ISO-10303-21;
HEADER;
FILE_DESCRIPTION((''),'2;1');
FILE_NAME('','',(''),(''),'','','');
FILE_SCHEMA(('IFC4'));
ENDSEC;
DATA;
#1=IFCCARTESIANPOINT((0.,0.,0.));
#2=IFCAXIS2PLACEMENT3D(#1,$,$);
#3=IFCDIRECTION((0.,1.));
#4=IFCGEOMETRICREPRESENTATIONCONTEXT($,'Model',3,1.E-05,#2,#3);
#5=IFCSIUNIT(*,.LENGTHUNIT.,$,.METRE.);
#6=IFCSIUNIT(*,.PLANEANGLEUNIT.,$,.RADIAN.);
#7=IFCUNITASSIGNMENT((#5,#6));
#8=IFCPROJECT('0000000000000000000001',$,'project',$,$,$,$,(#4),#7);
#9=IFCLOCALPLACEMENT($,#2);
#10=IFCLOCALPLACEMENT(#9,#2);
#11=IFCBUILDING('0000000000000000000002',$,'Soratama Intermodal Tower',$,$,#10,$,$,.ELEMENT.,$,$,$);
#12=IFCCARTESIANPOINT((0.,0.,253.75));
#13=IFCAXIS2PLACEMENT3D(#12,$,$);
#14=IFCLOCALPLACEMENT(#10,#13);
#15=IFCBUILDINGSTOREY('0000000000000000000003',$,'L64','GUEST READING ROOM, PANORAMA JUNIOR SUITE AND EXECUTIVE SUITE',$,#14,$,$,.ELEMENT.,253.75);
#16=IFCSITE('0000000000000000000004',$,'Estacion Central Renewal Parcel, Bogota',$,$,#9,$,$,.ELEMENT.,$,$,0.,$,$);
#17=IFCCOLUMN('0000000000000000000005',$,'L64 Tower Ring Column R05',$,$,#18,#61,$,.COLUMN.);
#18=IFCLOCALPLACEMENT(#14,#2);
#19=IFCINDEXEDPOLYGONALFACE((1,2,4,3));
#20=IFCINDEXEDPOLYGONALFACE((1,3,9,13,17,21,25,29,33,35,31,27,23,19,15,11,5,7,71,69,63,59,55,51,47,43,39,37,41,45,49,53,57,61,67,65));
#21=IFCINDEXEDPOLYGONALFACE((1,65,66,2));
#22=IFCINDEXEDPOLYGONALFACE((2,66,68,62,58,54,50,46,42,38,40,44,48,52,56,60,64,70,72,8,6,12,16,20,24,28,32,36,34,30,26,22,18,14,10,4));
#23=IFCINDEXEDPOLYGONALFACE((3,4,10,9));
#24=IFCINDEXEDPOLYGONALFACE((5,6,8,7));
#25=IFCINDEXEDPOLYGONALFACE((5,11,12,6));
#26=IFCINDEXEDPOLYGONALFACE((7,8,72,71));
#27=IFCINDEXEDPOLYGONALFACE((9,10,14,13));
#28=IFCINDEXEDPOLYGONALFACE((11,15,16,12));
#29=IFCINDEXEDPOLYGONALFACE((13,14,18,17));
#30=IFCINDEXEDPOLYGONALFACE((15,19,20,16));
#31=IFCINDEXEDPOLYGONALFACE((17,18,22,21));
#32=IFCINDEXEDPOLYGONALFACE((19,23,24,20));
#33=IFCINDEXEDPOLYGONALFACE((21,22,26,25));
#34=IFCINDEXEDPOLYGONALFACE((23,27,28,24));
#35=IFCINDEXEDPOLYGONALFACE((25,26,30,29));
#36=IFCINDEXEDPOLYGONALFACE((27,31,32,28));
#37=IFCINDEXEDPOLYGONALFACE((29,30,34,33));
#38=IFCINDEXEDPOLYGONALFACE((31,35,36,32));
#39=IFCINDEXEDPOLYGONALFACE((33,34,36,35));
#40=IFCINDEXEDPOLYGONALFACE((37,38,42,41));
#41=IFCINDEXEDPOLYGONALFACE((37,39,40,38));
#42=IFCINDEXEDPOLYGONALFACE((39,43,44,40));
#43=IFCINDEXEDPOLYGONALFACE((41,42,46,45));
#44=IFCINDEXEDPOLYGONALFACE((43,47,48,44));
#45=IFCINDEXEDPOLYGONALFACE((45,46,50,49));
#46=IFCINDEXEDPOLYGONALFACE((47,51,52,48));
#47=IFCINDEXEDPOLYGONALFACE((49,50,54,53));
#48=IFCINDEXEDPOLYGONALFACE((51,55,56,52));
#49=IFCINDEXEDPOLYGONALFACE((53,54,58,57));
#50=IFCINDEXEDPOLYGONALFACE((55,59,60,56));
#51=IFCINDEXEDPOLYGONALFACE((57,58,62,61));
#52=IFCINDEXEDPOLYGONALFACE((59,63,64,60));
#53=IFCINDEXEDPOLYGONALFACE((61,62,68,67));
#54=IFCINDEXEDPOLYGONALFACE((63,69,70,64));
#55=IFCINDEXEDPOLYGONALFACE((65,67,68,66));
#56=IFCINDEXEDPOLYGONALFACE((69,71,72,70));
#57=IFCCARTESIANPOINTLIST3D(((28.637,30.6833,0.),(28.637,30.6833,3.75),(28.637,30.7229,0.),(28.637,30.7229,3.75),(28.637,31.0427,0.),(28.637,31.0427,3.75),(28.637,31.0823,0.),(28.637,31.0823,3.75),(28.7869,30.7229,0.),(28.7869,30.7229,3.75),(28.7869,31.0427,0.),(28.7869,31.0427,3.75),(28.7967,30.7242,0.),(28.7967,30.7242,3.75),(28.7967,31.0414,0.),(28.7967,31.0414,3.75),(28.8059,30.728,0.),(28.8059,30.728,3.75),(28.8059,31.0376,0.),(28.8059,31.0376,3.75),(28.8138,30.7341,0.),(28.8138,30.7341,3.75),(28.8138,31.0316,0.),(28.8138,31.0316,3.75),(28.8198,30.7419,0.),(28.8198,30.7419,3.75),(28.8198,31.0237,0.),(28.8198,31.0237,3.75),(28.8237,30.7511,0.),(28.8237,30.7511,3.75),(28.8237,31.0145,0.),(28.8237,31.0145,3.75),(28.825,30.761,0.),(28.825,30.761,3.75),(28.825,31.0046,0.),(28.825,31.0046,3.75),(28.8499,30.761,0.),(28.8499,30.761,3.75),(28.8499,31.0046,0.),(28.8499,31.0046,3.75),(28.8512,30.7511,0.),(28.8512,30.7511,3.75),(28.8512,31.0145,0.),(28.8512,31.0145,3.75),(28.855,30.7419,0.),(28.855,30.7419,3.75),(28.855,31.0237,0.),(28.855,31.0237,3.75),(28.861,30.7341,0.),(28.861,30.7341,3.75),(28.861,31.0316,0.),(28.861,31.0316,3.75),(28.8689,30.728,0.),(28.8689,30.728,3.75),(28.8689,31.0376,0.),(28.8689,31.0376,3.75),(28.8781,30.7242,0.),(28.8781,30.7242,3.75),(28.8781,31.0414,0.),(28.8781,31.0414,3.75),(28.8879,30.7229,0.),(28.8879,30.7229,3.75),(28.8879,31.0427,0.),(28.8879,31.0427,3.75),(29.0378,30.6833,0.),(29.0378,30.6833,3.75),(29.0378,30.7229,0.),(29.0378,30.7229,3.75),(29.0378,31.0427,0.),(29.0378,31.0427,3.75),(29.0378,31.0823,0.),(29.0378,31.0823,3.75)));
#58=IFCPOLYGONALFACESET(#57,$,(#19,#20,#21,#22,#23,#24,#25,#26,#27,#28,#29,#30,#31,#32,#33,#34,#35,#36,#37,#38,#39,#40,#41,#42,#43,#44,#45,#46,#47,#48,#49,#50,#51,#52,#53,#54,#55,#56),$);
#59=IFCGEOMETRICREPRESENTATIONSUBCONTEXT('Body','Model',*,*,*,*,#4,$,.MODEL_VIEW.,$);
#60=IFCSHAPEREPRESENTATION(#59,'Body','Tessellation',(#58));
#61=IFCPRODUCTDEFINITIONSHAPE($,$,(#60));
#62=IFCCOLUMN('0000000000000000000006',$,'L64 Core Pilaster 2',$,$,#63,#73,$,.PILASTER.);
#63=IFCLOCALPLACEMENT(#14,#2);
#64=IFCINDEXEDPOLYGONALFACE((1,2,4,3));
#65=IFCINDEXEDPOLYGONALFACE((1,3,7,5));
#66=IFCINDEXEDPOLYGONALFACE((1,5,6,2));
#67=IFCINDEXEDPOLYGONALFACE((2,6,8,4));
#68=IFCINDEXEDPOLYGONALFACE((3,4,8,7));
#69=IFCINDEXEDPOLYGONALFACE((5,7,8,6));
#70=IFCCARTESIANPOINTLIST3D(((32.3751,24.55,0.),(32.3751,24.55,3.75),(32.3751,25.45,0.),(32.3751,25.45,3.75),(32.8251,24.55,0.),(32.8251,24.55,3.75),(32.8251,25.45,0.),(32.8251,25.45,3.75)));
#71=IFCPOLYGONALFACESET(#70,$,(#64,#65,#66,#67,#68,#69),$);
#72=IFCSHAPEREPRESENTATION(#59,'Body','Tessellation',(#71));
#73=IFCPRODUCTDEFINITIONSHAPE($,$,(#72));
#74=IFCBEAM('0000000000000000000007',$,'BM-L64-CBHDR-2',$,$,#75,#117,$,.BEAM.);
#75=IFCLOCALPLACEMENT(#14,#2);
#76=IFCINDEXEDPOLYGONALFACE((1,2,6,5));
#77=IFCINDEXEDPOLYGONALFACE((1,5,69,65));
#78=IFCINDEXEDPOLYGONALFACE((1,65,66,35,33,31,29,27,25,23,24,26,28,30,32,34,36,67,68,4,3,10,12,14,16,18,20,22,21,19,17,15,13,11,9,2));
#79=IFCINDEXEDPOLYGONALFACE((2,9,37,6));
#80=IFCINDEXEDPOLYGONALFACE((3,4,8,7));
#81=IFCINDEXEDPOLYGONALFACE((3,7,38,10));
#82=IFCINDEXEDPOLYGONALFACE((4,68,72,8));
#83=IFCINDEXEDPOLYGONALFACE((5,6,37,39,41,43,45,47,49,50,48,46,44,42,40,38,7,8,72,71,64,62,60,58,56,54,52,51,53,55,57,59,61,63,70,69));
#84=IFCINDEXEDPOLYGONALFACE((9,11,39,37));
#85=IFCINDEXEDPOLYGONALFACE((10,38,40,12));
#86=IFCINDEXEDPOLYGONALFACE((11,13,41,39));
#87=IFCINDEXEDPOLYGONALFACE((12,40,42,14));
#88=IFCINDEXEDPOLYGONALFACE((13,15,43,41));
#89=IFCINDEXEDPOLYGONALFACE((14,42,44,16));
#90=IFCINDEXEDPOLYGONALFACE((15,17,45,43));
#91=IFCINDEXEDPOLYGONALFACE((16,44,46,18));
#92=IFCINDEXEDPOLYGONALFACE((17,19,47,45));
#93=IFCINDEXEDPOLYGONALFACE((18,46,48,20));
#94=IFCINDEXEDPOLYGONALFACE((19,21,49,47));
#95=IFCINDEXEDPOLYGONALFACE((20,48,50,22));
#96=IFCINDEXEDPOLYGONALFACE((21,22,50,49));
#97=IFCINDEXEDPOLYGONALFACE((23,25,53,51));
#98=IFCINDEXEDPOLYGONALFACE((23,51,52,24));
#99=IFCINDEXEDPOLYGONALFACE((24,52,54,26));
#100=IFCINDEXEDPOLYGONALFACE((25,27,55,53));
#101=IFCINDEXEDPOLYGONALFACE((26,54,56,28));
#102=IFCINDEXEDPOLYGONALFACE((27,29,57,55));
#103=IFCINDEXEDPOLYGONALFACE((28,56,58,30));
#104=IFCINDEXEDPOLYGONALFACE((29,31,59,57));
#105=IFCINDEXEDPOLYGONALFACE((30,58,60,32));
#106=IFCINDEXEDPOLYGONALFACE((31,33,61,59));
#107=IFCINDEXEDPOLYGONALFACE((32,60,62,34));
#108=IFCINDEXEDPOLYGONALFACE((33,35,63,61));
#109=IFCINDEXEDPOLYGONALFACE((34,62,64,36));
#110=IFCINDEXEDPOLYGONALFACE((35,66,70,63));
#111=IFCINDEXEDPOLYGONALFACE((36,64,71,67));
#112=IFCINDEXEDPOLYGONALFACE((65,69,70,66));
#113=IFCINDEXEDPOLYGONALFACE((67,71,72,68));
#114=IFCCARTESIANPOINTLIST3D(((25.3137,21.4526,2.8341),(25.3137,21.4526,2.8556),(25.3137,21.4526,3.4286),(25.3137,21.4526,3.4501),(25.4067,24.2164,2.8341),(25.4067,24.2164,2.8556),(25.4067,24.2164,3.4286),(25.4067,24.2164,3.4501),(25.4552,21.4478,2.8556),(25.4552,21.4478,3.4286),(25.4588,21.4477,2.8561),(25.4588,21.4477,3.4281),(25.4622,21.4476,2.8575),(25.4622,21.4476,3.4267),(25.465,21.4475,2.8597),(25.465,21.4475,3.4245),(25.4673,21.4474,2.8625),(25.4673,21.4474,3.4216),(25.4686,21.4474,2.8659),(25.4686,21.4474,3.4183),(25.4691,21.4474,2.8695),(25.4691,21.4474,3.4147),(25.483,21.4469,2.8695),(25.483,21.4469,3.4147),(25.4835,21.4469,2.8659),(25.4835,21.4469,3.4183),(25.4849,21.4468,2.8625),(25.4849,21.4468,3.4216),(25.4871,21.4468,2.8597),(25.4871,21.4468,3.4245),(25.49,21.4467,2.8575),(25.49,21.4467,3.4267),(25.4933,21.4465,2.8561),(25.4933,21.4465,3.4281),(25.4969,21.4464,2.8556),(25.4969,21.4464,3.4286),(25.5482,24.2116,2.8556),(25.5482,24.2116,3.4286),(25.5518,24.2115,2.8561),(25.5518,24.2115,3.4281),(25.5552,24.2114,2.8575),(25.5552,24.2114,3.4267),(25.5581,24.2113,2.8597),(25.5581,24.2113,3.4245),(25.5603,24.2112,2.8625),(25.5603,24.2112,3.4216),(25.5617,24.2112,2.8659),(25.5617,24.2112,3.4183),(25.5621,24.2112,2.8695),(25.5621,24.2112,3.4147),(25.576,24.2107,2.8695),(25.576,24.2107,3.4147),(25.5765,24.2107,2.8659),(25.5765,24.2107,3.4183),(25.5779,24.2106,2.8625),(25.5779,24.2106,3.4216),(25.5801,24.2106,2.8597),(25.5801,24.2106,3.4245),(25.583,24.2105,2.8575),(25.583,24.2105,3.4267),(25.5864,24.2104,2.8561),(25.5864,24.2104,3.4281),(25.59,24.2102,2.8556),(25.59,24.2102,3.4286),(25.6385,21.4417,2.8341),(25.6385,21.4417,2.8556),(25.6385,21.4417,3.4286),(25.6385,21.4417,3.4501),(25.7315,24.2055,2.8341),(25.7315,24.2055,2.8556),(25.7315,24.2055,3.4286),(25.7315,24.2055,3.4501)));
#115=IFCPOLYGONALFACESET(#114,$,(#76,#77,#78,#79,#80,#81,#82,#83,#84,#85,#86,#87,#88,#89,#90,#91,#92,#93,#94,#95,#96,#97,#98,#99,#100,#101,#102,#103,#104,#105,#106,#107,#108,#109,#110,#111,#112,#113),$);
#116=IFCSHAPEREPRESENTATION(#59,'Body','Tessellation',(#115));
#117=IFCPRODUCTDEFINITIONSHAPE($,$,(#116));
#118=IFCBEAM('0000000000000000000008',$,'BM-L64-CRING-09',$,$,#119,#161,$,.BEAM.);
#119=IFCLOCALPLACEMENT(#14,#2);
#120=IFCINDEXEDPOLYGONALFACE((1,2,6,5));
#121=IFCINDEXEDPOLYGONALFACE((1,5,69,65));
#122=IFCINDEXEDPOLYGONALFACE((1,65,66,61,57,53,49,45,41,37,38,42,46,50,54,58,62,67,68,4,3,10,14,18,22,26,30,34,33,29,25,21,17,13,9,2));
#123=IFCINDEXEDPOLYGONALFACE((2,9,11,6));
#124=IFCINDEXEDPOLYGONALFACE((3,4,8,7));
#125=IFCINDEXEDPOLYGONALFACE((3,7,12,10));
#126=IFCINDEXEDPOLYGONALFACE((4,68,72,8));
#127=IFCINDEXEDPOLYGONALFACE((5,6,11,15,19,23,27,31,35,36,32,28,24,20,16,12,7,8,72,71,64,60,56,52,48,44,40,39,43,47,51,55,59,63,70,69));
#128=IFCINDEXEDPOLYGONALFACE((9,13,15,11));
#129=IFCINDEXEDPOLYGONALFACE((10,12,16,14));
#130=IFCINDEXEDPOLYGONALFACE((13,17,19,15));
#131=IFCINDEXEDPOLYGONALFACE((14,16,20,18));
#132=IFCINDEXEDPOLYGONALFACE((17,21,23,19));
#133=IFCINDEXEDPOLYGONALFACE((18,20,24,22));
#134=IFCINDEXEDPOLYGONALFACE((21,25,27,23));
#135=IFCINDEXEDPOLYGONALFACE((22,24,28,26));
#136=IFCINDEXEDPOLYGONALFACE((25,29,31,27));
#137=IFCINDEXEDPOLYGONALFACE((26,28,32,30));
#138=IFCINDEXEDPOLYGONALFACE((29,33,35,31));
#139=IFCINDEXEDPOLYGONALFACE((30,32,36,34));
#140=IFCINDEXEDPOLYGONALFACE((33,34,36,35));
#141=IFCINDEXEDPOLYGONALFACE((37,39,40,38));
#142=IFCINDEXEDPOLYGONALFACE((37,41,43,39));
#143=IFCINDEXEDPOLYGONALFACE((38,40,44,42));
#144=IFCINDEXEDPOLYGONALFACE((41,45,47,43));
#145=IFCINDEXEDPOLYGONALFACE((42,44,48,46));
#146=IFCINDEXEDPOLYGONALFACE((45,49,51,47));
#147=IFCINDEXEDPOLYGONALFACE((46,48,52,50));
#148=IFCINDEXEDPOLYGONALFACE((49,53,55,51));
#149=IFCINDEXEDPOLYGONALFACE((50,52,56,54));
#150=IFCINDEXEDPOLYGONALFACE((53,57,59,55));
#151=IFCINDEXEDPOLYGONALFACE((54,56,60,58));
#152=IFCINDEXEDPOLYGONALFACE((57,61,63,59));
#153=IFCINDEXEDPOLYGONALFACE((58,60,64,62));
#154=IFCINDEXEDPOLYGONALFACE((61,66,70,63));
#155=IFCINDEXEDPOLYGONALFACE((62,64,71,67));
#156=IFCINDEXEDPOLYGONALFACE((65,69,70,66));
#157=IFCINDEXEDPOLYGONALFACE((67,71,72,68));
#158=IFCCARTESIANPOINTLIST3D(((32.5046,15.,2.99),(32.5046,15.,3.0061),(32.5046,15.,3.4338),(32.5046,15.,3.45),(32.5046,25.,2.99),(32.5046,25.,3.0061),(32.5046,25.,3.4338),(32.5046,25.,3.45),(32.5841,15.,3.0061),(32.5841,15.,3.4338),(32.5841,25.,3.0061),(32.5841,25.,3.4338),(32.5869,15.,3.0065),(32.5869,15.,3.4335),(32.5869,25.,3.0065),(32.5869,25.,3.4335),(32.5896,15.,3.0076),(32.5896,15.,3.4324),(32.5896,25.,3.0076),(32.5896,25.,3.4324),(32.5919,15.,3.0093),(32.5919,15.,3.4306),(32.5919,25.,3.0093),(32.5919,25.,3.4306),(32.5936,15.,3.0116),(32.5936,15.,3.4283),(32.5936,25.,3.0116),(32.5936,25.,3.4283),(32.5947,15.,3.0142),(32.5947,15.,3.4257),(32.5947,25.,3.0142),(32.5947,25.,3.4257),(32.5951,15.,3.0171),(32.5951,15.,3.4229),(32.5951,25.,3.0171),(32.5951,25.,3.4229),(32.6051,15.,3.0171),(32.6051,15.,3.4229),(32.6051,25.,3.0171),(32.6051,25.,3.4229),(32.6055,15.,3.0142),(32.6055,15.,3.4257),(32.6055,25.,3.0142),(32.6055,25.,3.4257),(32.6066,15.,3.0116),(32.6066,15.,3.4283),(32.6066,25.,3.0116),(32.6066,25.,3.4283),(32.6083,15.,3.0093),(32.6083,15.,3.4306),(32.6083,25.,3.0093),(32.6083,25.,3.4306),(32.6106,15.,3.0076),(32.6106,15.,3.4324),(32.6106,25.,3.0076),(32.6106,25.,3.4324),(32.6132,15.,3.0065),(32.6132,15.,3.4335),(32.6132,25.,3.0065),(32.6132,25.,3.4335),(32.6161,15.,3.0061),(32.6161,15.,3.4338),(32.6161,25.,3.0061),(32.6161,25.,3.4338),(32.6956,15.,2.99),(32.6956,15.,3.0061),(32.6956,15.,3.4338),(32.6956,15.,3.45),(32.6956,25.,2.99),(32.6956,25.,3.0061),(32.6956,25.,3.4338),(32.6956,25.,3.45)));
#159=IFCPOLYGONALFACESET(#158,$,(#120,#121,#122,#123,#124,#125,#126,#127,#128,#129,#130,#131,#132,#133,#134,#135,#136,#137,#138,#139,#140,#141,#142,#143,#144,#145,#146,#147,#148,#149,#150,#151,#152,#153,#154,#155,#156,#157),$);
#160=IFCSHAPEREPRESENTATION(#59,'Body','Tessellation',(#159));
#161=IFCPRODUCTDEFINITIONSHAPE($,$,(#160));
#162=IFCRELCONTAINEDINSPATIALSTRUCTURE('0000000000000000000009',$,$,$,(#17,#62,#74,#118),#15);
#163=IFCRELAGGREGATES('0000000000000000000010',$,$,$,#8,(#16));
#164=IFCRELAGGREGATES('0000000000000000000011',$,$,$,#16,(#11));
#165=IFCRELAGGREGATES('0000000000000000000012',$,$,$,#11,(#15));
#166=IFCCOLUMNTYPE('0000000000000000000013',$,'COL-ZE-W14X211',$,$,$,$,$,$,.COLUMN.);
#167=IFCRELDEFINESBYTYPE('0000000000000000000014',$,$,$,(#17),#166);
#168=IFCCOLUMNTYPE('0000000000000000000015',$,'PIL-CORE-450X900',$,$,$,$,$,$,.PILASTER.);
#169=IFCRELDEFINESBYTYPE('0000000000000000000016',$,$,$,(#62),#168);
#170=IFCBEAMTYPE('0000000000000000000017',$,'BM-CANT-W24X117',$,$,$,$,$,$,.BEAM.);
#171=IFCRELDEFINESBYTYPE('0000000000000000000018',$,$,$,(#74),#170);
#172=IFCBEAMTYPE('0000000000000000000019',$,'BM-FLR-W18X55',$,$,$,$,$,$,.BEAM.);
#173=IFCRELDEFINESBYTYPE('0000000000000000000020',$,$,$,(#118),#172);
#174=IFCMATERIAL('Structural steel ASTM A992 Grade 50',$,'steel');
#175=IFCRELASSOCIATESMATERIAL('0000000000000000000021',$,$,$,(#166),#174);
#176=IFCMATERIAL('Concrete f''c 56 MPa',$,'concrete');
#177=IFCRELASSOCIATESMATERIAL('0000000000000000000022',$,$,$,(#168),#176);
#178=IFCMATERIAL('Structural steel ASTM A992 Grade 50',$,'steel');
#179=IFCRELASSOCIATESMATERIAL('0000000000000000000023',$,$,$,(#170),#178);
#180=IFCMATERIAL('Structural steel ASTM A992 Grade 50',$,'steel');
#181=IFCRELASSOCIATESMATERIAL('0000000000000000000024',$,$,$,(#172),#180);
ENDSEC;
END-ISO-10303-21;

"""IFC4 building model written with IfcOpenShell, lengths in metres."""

from ifc_helpers import new_model, si_unit, direction, frame, origin, origin_2d, place, context, subcontext, project, spatial, rectangle, i_section, extrude, material, material_profile, profile_set, type_object, element, save


model = new_model("IFC4")

# Units and contexts
model_context = context("Model", 3, precision=1e-05, world=origin(), true_north=direction((0.0, 1.0)))
body_context = subcontext(model_context, "Body", "Model", "MODEL_VIEW")
ifc_project = project(units=[si_unit("LENGTHUNIT", "METRE"), si_unit("PLANEANGLEUNIT", "RADIAN")], contexts=[model_context])

# Site, building, storey
site_placement = place(None, origin())
site = spatial("IfcSite", under=ifc_project, at=site_placement, Name="Estacion Central Renewal Parcel, Bogota", CompositionType="ELEMENT", RefElevation=0.0)
building_placement = place(site_placement, origin())
building = spatial("IfcBuilding", under=site, at=building_placement, Name="Soratama Intermodal Tower", CompositionType="ELEMENT")
storey_placement = place(building_placement, frame((0.0, 0.0, 253.75)))
storey = spatial("IfcBuildingStorey", under=building, at=storey_placement, Name="L64", Description="GUEST READING ROOM, PANORAMA JUNIOR SUITE AND EXECUTIVE SUITE", CompositionType="ELEMENT", Elevation=253.75)

# Columns
ifc_material_1 = material(Name="Structural steel ASTM A992 Grade 50", Category="steel")
ifc_material_profile_1 = material_profile(ifc_material_1, i_section(OverallWidth=0.4009, OverallDepth=0.3989, WebThickness=0.0249, FlangeThickness=0.0396, FilletRadius=0.0381, at=origin_2d()), Name="W14X211")
ifc_profile_set_1 = profile_set([ifc_material_profile_1], Name="Structural steel ASTM A992 Grade 50")
column_type_1 = type_object("IfcColumnType", Name="COL-ZE-W14X211", PredefinedType="COLUMN", material=ifc_profile_set_1)
column_1_placement = place(storey_placement, frame((28.8374, 30.8828, 0.0), z_axis=(0.0, 0.0, 1.0), x_axis=(1.0, 0.0, 0.0)))
element("IfcColumn", 1, at=column_1_placement, inside=storey, type_object=column_type_1, Name="L64 Tower Ring Column R05", PredefinedType="COLUMN", context=body_context, shape_type="SweptSolid", body=[
    extrude(i_section(OverallWidth=0.4009, OverallDepth=0.3989, WebThickness=0.0249, FlangeThickness=0.0396, FilletRadius=0.0381, at=origin_2d()), origin(), (0.0, 0.0, 1.0), 3.75),
])
ifc_material_2 = material(Name="Concrete f'c 56 MPa", Category="concrete")
ifc_material_profile_2 = material_profile(ifc_material_2, rectangle(XDim=0.45, YDim=0.8999, at=origin_2d()), Name="RC450X900")
ifc_profile_set_2 = profile_set([ifc_material_profile_2], Name="Concrete f'c 56 MPa")
column_type_2 = type_object("IfcColumnType", Name="PIL-CORE-450X900", PredefinedType="PILASTER", material=ifc_profile_set_2)
column_2_placement = place(storey_placement, frame((32.6001, 25.0, 0.0), z_axis=(0.0, 0.0, 1.0), x_axis=(1.0, 0.0, 0.0)))
element("IfcColumn", 2, at=column_2_placement, inside=storey, type_object=column_type_2, Name="L64 Core Pilaster 2", PredefinedType="PILASTER", context=body_context, shape_type="SweptSolid", body=[
    extrude(rectangle(XDim=0.45, YDim=0.8999, at=origin_2d()), origin(), (0.0, 0.0, 1.0), 3.75),
])

# Beams
ifc_material_3 = material(Name="Structural steel ASTM A992 Grade 50", Category="steel")
ifc_material_profile_3 = material_profile(ifc_material_3, i_section(OverallWidth=0.325, OverallDepth=0.616, WebThickness=0.0139, FlangeThickness=0.0215, FilletRadius=0.0139, at=origin_2d()), Name="W24X117")
ifc_profile_set_3 = profile_set([ifc_material_profile_3], Name="Structural steel ASTM A992 Grade 50")
beam_type_1 = type_object("IfcBeamType", Name="BM-CANT-W24X117", PredefinedType="BEAM", material=ifc_profile_set_3)
beam_1_placement = place(storey_placement, frame((25.5691, 24.2109, 3.1421), z_axis=(-0.033635, -0.999434, 0.0), x_axis=(0.999434, -0.033635, 0.0)))
element("IfcBeam", 3, at=beam_1_placement, inside=storey, type_object=beam_type_1, Name="BM-L64-CBHDR-2", PredefinedType="BEAM", context=body_context, shape_type="SweptSolid", body=[
    extrude(i_section(OverallWidth=0.325, OverallDepth=0.616, WebThickness=0.0139, FlangeThickness=0.0215, FilletRadius=0.0139, at=origin_2d()), origin(), (0.0, 0.0, 1.0), 2.7654),
])
ifc_material_4 = material(Name="Structural steel ASTM A992 Grade 50", Category="steel")
ifc_material_profile_4 = material_profile(ifc_material_4, i_section(OverallWidth=0.1909, OverallDepth=0.46, WebThickness=0.01, FlangeThickness=0.0161, FilletRadius=0.011, at=origin_2d()), Name="W18X55")
ifc_profile_set_4 = profile_set([ifc_material_profile_4], Name="Structural steel ASTM A992 Grade 50")
beam_type_2 = type_object("IfcBeamType", Name="BM-FLR-W18X55", PredefinedType="BEAM", material=ifc_profile_set_4)
beam_2_placement = place(storey_placement, frame((32.6001, 25.0, 3.22), z_axis=(0.0, -1.0, 0.0), x_axis=(1.0, 0.0, 0.0)))
element("IfcBeam", 4, at=beam_2_placement, inside=storey, type_object=beam_type_2, Name="BM-L64-CRING-09", PredefinedType="BEAM", context=body_context, shape_type="SweptSolid", body=[
    extrude(i_section(OverallWidth=0.1909, OverallDepth=0.46, WebThickness=0.01, FlangeThickness=0.0161, FilletRadius=0.011, at=origin_2d()), origin(), (0.0, 0.0, 1.0), 10.0),
])

save(model, "model.ifc")
